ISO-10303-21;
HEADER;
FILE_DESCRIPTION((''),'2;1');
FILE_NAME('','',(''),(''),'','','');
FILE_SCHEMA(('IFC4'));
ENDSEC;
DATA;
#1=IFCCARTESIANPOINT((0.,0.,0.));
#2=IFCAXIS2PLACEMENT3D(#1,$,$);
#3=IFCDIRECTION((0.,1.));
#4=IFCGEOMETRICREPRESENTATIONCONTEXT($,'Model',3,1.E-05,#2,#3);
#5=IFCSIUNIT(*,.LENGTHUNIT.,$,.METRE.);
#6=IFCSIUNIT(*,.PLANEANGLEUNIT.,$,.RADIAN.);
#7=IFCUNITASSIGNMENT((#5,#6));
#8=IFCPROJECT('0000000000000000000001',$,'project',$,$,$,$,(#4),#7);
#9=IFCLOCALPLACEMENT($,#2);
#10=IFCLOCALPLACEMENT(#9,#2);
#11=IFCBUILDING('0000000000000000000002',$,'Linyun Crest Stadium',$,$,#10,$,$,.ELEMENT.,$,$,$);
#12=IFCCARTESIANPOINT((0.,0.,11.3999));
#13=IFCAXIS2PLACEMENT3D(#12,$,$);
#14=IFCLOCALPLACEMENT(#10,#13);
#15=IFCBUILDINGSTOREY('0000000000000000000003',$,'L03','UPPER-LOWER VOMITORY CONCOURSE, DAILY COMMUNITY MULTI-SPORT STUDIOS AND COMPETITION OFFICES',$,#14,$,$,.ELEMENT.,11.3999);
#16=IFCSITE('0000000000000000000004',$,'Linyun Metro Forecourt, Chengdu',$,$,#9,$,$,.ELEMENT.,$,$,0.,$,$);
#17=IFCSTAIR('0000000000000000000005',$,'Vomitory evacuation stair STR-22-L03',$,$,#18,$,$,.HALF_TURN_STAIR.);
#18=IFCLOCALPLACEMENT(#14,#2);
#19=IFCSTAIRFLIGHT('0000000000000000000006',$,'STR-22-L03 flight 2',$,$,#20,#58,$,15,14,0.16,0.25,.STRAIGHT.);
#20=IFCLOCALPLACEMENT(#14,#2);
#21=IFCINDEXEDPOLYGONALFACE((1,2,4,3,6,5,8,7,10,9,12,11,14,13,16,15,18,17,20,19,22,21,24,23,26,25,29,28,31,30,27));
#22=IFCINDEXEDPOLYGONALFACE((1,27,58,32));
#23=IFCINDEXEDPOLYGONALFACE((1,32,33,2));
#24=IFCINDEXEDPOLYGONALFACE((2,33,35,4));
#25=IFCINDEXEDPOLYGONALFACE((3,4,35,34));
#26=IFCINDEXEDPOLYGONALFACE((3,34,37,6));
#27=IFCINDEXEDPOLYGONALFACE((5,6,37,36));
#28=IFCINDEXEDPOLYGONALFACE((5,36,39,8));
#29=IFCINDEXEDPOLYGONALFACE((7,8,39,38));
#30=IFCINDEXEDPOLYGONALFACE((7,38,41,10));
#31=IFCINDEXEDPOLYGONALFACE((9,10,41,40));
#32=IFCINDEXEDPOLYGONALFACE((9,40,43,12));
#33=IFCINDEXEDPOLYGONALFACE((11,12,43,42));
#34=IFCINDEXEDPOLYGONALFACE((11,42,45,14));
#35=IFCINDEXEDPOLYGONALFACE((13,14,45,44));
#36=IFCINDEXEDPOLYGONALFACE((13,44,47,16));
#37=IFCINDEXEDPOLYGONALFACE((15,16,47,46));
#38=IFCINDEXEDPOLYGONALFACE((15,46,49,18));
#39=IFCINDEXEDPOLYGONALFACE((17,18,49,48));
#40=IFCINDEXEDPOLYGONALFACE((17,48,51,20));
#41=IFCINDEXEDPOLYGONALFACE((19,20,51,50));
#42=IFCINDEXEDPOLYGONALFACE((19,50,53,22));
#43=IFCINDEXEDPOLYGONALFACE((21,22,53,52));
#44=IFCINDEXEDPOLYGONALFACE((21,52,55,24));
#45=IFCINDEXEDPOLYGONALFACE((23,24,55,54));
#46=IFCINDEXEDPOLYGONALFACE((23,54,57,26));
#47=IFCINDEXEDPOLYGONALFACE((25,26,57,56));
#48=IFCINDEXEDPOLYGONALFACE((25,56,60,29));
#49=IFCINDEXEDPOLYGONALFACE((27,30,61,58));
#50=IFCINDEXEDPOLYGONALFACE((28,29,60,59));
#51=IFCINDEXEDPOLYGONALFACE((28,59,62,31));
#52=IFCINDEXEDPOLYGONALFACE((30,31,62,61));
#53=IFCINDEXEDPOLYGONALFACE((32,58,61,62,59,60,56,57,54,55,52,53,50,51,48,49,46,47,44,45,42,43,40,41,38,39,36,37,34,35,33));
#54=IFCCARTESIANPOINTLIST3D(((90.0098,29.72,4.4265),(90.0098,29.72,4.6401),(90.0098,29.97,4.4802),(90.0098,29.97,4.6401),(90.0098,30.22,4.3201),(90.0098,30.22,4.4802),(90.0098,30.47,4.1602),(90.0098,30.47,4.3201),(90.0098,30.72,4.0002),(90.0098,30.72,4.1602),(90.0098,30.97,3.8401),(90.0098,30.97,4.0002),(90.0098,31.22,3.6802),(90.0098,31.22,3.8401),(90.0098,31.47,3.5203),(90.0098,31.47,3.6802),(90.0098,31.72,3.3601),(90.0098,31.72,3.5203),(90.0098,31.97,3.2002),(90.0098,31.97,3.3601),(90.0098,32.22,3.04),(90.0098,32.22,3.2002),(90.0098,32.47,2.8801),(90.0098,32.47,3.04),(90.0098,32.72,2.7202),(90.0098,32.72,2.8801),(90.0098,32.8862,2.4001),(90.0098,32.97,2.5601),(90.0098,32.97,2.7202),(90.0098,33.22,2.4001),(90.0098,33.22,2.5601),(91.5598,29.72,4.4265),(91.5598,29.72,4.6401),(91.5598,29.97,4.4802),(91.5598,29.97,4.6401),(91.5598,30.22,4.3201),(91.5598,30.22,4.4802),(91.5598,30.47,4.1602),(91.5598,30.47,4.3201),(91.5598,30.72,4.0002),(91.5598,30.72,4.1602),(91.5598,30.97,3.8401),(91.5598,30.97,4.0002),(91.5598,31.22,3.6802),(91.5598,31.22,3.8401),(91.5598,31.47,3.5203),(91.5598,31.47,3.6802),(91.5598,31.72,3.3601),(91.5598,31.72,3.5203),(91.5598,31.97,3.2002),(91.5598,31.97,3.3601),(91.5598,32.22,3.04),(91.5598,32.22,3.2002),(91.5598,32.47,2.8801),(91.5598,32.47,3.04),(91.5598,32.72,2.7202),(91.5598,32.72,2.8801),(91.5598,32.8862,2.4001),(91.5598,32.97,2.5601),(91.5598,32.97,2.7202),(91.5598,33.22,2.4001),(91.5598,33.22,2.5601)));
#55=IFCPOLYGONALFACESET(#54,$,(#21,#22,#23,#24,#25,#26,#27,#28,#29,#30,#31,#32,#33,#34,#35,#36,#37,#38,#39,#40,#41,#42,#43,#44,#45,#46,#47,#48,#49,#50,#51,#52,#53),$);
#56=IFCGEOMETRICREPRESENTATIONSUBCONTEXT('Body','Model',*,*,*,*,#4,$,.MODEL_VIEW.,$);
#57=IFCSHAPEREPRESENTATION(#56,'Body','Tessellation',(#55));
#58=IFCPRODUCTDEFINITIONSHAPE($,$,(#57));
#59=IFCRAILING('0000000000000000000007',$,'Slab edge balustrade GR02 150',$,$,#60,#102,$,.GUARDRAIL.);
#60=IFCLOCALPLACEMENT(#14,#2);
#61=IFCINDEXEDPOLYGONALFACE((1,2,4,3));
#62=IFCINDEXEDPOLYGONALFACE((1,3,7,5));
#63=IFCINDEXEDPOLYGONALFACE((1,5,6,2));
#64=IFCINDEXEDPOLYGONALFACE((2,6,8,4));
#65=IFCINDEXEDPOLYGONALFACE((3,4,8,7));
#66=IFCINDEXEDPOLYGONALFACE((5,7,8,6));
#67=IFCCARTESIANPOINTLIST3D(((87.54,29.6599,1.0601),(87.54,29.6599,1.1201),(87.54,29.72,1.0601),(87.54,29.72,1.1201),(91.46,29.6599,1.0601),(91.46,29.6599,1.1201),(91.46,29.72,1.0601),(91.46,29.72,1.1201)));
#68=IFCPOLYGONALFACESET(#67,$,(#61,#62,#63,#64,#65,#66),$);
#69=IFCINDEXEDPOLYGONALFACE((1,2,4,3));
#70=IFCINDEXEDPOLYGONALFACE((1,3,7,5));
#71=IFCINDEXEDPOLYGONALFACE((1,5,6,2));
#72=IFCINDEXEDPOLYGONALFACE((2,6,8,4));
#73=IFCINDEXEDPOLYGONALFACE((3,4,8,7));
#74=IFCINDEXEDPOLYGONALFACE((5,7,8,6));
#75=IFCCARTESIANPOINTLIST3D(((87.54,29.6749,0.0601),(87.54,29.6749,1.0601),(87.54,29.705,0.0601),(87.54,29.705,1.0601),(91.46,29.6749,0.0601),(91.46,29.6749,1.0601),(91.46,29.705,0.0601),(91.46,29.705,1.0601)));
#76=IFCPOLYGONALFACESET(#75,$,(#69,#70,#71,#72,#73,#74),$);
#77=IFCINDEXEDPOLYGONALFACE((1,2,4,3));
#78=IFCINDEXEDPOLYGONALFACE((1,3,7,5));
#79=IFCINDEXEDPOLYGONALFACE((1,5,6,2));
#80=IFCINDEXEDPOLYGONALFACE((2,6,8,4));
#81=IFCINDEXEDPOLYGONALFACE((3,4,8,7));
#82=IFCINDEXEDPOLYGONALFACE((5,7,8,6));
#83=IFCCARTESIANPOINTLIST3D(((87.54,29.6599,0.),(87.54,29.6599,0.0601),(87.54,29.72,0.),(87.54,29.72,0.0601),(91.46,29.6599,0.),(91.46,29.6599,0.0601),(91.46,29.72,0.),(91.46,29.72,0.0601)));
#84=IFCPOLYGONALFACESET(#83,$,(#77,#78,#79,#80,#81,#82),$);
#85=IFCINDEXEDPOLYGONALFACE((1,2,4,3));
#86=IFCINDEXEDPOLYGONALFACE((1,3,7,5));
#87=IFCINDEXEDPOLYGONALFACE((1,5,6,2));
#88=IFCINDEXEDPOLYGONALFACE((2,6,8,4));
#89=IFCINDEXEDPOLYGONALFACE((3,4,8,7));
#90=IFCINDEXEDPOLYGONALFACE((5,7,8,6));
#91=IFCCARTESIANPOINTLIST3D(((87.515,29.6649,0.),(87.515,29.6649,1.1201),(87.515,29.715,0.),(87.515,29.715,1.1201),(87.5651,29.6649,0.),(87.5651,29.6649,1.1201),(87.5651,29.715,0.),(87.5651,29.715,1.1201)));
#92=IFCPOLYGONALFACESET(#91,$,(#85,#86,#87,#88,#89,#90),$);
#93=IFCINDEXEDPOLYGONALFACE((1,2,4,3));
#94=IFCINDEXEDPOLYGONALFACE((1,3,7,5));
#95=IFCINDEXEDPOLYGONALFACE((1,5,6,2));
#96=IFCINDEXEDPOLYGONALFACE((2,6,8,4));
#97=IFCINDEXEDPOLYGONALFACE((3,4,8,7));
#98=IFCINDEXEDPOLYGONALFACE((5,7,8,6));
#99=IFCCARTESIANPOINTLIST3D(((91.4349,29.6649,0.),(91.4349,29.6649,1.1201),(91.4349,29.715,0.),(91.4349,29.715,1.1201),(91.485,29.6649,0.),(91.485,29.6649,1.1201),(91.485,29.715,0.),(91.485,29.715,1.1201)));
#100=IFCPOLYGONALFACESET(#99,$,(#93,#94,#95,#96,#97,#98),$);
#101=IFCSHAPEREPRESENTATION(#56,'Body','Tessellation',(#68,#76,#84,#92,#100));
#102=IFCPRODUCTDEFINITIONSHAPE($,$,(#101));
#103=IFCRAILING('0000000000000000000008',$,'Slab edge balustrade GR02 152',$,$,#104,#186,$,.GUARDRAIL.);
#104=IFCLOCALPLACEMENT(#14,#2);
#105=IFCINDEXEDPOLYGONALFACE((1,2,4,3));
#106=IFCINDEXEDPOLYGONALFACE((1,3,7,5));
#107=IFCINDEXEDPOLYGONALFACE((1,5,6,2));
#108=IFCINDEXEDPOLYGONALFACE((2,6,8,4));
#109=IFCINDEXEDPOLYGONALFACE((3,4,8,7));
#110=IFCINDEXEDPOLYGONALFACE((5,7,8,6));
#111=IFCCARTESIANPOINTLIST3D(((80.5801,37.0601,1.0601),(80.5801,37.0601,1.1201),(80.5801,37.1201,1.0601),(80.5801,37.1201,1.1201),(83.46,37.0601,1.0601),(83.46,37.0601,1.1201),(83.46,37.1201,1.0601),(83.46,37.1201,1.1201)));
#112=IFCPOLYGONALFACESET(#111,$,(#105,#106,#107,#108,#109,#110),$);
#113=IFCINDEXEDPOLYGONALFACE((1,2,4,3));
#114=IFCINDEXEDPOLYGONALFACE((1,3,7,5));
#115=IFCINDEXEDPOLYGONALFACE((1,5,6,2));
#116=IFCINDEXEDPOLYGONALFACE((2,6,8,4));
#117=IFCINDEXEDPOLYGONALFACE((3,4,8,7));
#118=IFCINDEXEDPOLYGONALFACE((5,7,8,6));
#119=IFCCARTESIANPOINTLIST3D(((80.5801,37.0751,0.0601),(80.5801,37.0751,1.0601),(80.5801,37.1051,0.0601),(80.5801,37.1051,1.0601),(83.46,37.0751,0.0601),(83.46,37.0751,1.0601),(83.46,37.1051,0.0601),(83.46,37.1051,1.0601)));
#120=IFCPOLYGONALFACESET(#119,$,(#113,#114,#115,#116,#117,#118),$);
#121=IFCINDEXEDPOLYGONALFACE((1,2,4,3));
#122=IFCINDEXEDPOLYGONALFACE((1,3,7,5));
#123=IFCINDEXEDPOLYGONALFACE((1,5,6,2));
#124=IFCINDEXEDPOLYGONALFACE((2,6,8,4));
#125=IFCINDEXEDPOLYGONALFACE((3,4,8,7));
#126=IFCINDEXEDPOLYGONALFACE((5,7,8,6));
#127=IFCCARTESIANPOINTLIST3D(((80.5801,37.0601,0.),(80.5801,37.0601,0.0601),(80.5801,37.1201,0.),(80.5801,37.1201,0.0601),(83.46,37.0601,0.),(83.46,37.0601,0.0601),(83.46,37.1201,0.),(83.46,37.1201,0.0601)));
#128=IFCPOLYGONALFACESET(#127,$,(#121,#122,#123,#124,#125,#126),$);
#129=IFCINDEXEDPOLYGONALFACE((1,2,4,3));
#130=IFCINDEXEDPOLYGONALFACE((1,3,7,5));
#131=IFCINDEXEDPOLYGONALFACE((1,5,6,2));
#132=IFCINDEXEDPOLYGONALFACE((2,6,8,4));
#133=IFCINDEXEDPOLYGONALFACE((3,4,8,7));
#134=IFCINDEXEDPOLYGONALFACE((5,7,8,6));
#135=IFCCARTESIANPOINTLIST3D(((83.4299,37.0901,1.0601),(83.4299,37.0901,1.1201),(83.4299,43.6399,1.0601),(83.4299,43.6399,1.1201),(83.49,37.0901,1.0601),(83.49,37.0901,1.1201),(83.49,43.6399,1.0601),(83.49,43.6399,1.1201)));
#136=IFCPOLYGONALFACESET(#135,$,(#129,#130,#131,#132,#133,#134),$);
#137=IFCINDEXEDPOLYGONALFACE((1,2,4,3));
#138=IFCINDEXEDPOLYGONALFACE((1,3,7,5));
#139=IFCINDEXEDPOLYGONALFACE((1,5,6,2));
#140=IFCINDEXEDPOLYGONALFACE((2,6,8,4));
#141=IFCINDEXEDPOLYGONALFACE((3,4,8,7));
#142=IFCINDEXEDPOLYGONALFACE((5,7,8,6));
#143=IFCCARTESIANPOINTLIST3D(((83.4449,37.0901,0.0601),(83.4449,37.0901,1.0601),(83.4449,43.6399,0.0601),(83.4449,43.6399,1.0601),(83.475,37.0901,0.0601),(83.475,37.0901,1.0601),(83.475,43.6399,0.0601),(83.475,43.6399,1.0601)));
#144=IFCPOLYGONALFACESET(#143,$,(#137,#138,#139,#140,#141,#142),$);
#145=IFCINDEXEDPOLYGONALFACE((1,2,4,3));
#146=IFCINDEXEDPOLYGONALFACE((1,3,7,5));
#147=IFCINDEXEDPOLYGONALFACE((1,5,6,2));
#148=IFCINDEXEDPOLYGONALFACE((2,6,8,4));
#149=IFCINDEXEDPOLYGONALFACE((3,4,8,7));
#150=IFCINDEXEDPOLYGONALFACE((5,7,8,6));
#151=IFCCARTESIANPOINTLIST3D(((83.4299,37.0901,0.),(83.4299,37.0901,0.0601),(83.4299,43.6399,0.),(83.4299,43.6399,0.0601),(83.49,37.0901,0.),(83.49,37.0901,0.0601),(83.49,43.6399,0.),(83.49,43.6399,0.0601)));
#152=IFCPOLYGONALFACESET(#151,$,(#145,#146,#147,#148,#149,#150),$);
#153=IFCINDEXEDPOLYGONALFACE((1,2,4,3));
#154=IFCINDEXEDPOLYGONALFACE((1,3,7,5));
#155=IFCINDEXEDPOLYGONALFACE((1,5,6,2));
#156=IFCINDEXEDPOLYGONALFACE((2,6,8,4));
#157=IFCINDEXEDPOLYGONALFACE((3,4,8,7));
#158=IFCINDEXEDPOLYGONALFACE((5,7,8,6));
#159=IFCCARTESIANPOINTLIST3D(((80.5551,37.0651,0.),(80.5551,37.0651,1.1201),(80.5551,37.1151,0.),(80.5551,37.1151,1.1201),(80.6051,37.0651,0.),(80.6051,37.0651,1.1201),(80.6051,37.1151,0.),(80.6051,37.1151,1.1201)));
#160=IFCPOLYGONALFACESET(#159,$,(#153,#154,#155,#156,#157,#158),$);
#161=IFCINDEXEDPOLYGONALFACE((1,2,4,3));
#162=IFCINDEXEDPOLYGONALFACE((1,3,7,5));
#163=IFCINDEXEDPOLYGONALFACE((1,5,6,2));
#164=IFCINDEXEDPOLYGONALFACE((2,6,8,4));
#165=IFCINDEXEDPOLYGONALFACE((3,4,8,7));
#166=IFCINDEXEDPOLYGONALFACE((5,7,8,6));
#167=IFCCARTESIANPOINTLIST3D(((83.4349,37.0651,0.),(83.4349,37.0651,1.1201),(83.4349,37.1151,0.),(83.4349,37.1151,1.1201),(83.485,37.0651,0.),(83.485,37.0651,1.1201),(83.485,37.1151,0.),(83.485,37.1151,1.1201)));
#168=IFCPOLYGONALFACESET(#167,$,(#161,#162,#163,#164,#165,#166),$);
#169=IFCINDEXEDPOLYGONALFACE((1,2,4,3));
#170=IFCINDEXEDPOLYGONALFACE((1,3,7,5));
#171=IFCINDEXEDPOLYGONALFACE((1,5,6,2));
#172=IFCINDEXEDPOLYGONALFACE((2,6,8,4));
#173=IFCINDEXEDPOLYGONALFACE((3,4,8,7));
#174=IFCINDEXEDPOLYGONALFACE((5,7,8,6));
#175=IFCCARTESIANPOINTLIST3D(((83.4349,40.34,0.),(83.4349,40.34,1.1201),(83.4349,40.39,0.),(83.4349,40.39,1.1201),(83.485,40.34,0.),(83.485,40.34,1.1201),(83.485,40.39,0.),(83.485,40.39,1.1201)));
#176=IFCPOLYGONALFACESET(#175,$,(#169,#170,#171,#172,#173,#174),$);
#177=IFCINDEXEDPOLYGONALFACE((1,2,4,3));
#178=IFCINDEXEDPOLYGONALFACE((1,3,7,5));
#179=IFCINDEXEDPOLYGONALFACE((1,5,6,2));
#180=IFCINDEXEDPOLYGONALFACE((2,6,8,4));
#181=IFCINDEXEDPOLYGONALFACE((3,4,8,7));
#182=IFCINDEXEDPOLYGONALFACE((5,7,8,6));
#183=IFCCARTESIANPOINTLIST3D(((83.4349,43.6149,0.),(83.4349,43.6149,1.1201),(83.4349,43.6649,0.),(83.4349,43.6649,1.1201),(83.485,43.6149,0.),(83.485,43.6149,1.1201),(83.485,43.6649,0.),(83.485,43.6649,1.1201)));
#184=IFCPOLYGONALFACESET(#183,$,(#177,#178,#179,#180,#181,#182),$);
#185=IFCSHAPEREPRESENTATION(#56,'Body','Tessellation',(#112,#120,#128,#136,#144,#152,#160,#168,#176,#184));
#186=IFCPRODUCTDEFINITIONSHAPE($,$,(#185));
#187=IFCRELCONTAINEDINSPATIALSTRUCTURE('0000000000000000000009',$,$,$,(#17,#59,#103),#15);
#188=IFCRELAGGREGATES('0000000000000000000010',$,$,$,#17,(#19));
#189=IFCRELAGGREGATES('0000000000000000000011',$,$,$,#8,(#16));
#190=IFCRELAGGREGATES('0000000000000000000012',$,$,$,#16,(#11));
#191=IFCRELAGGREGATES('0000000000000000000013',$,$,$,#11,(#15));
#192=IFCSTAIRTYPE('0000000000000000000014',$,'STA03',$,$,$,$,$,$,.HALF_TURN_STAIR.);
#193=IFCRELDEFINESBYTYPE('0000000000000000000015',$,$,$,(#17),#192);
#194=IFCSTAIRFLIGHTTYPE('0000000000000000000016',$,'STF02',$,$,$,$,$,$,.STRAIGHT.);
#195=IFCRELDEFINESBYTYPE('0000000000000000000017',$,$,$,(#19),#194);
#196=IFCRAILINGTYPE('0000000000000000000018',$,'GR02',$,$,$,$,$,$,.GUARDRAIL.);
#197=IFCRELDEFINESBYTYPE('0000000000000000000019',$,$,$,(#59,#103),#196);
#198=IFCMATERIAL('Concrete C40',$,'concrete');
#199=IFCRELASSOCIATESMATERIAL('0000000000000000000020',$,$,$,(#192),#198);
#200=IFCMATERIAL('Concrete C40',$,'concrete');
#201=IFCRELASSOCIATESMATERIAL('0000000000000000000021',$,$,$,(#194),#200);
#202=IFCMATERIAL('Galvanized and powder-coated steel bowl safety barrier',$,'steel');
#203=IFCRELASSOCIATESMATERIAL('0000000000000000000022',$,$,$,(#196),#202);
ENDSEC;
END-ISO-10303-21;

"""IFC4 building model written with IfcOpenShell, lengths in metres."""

from ifc_helpers import new_model, si_unit, direction, frame, origin, origin_2d, place, context, subcontext, project, spatial, polyline, rectangle, outline, extrude, material, type_object, element, aggregate, save


model = new_model("IFC4")

# Units and contexts
model_context = context("Model", 3, precision=1e-05, world=origin(), true_north=direction((0.0, 1.0)))
body_context = subcontext(model_context, "Body", "Model", "MODEL_VIEW")
ifc_project = project(units=[si_unit("LENGTHUNIT", "METRE"), si_unit("PLANEANGLEUNIT", "RADIAN")], contexts=[model_context])

# Site, building, storey
site_placement = place(None, origin())
site = spatial("IfcSite", under=ifc_project, at=site_placement, Name="Linyun Metro Forecourt, Chengdu", CompositionType="ELEMENT", RefElevation=0.0)
building_placement = place(site_placement, origin())
building = spatial("IfcBuilding", under=site, at=building_placement, Name="Linyun Crest Stadium", CompositionType="ELEMENT")
storey_placement = place(building_placement, frame((0.0, 0.0, 11.3999)))
storey = spatial("IfcBuildingStorey", under=building, at=storey_placement, Name="L03", Description="UPPER-LOWER VOMITORY CONCOURSE, DAILY COMMUNITY MULTI-SPORT STUDIOS AND COMPETITION OFFICES", CompositionType="ELEMENT", Elevation=11.3999)

# Shared definitions
ifc_material_1 = material(Name="Concrete C40", Category="concrete")
stair_type = type_object("IfcStairType", Name="STA03", PredefinedType="HALF_TURN_STAIR", material=ifc_material_1)

# Stair, stair flight
stair_1_placement = place(storey_placement, origin())
stair_1 = element("IfcStair", 1, at=stair_1_placement, inside=storey, type_object=stair_type, Name="Vomitory evacuation stair STR-22-L03", PredefinedType="HALF_TURN_STAIR")
ifc_material_2 = material(Name="Concrete C40", Category="concrete")
stair_flight_type_1 = type_object("IfcStairFlightType", Name="STF02", PredefinedType="STRAIGHT", material=ifc_material_2)
stair_flight_1_placement = place(storey_placement, frame((90.7849, 33.22, 2.4001), z_axis=(0.0, 0.0, 1.0), x_axis=(0.0, -1.0, 0.0)))
stair_flight_1 = element("IfcStairFlight", 2, at=stair_flight_1_placement, type_object=stair_flight_type_1, Name="STR-22-L03 flight 2", NumberOfRisers=15, NumberOfTreads=14, PredefinedType="STRAIGHT", RiserHeight=0.16, TreadLength=0.25, context=body_context, shape_type="SweptSolid", body=[
    extrude(outline(polyline([(0.0, 0.0), (0.0, 0.1599), (0.25, 0.1599), (0.25, 0.3201), (0.5, 0.3201), (0.5, 0.48), (0.75, 0.48), (0.75, 0.6399), (1.0, 0.6399), (1.0, 0.8), (1.25, 0.8), (1.25, 0.96), (1.5, 0.96), (1.5, 1.1201), (1.75, 1.1201), (1.75, 1.28), (2.0, 1.28), (2.0, 1.4399), (2.25, 1.4399), (2.25, 1.6001), (2.5, 1.6001), (2.5, 1.76), (2.75, 1.76), (2.75, 1.9199), (3.0, 1.9199), (3.0, 2.0801), (3.25, 2.0801), (3.25, 2.24), (3.5, 2.24), (3.5, 2.3999), (3.5, 2.0264), (0.3337, 0.0), (0.0, 0.0)])), frame((0.0, 0.7749, 0.0), z_axis=(0.0, -1.0, 0.0), x_axis=(1.0, 0.0, 0.0)), (0.0, 0.0, 1.0), 1.55),
])
aggregate(stair_1, [stair_flight_1])

# Railings
ifc_material_3 = material(Name="Galvanized and powder-coated steel bowl safety barrier", Category="steel")
railing_type_1 = type_object("IfcRailingType", Name="GR02", PredefinedType="GUARDRAIL", material=ifc_material_3)
railing_1_placement = place(storey_placement, frame((87.54, 29.6899, 0.0)))
element("IfcRailing", 3, at=railing_1_placement, inside=storey, type_object=railing_type_1, Name="Slab edge balustrade GR02 150", PredefinedType="GUARDRAIL", context=body_context, shape_type="SweptSolid", body=[
    extrude(rectangle(XDim=0.0601, YDim=0.0601, at=origin_2d()), frame((0.0, 0.0, 1.0901), z_axis=(1.0, 0.0, 0.0), x_axis=(0.0, 1.0, 0.0)), (0.0, 0.0, 1.0), 3.9199),
    extrude(rectangle(XDim=0.03, YDim=1.0, at=origin_2d()), frame((0.0, 0.0, 0.5601), z_axis=(1.0, 0.0, 0.0), x_axis=(0.0, 1.0, 0.0)), (0.0, 0.0, 1.0), 3.9199),
    extrude(rectangle(XDim=0.0601, YDim=0.0601, at=origin_2d()), frame((0.0, 0.0, 0.03), z_axis=(1.0, 0.0, 0.0), x_axis=(0.0, 1.0, 0.0)), (0.0, 0.0, 1.0), 3.9199),
    extrude(rectangle(XDim=0.05, YDim=0.05, at=origin_2d()), origin(), (0.0, 0.0, 1.0), 1.1201),
    extrude(rectangle(XDim=0.05, YDim=0.05, at=origin_2d()), frame((3.9199, 0.0, 0.0)), (0.0, 0.0, 1.0), 1.1201),
])
railing_2_placement = place(storey_placement, frame((80.5801, 37.0901, 0.0)))
element("IfcRailing", 4, at=railing_2_placement, inside=storey, type_object=railing_type_1, Name="Slab edge balustrade GR02 152", PredefinedType="GUARDRAIL", context=body_context, shape_type="SweptSolid", body=[
    extrude(rectangle(XDim=0.0601, YDim=0.0601, at=origin_2d()), frame((0.0, 0.0, 1.0901), z_axis=(1.0, 0.0, 0.0), x_axis=(0.0, 1.0, 0.0)), (0.0, 0.0, 1.0), 2.8799),
    extrude(rectangle(XDim=0.03, YDim=1.0, at=origin_2d()), frame((0.0, 0.0, 0.5601), z_axis=(1.0, 0.0, 0.0), x_axis=(0.0, 1.0, 0.0)), (0.0, 0.0, 1.0), 2.8799),
    extrude(rectangle(XDim=0.0601, YDim=0.0601, at=origin_2d()), frame((0.0, 0.0, 0.03), z_axis=(1.0, 0.0, 0.0), x_axis=(0.0, 1.0, 0.0)), (0.0, 0.0, 1.0), 2.8799),
    extrude(rectangle(XDim=0.0601, YDim=0.0601, at=origin_2d()), frame((2.8799, 0.0, 1.0901), z_axis=(0.0, 1.0, 0.0), x_axis=(-1.0, 0.0, 0.0)), (0.0, 0.0, 1.0), 6.5498),
    extrude(rectangle(XDim=0.03, YDim=1.0, at=origin_2d()), frame((2.8799, 0.0, 0.5601), z_axis=(0.0, 1.0, 0.0), x_axis=(-1.0, 0.0, 0.0)), (0.0, 0.0, 1.0), 6.5498),
    extrude(rectangle(XDim=0.0601, YDim=0.0601, at=origin_2d()), frame((2.8799, 0.0, 0.03), z_axis=(0.0, 1.0, 0.0), x_axis=(-1.0, 0.0, 0.0)), (0.0, 0.0, 1.0), 6.5498),
    extrude(rectangle(XDim=0.05, YDim=0.05, at=origin_2d()), origin(), (0.0, 0.0, 1.0), 1.1201),
    extrude(rectangle(XDim=0.05, YDim=0.05, at=origin_2d()), frame((2.8799, 0.0, 0.0)), (0.0, 0.0, 1.0), 1.1201),
    extrude(rectangle(XDim=0.05, YDim=0.05, at=origin_2d()), frame((2.8799, 3.2749, 0.0)), (0.0, 0.0, 1.0), 1.1201),
    extrude(rectangle(XDim=0.05, YDim=0.05, at=origin_2d()), frame((2.8799, 6.5498, 0.0)), (0.0, 0.0, 1.0), 1.1201),
])

save(model, "model.ifc")
